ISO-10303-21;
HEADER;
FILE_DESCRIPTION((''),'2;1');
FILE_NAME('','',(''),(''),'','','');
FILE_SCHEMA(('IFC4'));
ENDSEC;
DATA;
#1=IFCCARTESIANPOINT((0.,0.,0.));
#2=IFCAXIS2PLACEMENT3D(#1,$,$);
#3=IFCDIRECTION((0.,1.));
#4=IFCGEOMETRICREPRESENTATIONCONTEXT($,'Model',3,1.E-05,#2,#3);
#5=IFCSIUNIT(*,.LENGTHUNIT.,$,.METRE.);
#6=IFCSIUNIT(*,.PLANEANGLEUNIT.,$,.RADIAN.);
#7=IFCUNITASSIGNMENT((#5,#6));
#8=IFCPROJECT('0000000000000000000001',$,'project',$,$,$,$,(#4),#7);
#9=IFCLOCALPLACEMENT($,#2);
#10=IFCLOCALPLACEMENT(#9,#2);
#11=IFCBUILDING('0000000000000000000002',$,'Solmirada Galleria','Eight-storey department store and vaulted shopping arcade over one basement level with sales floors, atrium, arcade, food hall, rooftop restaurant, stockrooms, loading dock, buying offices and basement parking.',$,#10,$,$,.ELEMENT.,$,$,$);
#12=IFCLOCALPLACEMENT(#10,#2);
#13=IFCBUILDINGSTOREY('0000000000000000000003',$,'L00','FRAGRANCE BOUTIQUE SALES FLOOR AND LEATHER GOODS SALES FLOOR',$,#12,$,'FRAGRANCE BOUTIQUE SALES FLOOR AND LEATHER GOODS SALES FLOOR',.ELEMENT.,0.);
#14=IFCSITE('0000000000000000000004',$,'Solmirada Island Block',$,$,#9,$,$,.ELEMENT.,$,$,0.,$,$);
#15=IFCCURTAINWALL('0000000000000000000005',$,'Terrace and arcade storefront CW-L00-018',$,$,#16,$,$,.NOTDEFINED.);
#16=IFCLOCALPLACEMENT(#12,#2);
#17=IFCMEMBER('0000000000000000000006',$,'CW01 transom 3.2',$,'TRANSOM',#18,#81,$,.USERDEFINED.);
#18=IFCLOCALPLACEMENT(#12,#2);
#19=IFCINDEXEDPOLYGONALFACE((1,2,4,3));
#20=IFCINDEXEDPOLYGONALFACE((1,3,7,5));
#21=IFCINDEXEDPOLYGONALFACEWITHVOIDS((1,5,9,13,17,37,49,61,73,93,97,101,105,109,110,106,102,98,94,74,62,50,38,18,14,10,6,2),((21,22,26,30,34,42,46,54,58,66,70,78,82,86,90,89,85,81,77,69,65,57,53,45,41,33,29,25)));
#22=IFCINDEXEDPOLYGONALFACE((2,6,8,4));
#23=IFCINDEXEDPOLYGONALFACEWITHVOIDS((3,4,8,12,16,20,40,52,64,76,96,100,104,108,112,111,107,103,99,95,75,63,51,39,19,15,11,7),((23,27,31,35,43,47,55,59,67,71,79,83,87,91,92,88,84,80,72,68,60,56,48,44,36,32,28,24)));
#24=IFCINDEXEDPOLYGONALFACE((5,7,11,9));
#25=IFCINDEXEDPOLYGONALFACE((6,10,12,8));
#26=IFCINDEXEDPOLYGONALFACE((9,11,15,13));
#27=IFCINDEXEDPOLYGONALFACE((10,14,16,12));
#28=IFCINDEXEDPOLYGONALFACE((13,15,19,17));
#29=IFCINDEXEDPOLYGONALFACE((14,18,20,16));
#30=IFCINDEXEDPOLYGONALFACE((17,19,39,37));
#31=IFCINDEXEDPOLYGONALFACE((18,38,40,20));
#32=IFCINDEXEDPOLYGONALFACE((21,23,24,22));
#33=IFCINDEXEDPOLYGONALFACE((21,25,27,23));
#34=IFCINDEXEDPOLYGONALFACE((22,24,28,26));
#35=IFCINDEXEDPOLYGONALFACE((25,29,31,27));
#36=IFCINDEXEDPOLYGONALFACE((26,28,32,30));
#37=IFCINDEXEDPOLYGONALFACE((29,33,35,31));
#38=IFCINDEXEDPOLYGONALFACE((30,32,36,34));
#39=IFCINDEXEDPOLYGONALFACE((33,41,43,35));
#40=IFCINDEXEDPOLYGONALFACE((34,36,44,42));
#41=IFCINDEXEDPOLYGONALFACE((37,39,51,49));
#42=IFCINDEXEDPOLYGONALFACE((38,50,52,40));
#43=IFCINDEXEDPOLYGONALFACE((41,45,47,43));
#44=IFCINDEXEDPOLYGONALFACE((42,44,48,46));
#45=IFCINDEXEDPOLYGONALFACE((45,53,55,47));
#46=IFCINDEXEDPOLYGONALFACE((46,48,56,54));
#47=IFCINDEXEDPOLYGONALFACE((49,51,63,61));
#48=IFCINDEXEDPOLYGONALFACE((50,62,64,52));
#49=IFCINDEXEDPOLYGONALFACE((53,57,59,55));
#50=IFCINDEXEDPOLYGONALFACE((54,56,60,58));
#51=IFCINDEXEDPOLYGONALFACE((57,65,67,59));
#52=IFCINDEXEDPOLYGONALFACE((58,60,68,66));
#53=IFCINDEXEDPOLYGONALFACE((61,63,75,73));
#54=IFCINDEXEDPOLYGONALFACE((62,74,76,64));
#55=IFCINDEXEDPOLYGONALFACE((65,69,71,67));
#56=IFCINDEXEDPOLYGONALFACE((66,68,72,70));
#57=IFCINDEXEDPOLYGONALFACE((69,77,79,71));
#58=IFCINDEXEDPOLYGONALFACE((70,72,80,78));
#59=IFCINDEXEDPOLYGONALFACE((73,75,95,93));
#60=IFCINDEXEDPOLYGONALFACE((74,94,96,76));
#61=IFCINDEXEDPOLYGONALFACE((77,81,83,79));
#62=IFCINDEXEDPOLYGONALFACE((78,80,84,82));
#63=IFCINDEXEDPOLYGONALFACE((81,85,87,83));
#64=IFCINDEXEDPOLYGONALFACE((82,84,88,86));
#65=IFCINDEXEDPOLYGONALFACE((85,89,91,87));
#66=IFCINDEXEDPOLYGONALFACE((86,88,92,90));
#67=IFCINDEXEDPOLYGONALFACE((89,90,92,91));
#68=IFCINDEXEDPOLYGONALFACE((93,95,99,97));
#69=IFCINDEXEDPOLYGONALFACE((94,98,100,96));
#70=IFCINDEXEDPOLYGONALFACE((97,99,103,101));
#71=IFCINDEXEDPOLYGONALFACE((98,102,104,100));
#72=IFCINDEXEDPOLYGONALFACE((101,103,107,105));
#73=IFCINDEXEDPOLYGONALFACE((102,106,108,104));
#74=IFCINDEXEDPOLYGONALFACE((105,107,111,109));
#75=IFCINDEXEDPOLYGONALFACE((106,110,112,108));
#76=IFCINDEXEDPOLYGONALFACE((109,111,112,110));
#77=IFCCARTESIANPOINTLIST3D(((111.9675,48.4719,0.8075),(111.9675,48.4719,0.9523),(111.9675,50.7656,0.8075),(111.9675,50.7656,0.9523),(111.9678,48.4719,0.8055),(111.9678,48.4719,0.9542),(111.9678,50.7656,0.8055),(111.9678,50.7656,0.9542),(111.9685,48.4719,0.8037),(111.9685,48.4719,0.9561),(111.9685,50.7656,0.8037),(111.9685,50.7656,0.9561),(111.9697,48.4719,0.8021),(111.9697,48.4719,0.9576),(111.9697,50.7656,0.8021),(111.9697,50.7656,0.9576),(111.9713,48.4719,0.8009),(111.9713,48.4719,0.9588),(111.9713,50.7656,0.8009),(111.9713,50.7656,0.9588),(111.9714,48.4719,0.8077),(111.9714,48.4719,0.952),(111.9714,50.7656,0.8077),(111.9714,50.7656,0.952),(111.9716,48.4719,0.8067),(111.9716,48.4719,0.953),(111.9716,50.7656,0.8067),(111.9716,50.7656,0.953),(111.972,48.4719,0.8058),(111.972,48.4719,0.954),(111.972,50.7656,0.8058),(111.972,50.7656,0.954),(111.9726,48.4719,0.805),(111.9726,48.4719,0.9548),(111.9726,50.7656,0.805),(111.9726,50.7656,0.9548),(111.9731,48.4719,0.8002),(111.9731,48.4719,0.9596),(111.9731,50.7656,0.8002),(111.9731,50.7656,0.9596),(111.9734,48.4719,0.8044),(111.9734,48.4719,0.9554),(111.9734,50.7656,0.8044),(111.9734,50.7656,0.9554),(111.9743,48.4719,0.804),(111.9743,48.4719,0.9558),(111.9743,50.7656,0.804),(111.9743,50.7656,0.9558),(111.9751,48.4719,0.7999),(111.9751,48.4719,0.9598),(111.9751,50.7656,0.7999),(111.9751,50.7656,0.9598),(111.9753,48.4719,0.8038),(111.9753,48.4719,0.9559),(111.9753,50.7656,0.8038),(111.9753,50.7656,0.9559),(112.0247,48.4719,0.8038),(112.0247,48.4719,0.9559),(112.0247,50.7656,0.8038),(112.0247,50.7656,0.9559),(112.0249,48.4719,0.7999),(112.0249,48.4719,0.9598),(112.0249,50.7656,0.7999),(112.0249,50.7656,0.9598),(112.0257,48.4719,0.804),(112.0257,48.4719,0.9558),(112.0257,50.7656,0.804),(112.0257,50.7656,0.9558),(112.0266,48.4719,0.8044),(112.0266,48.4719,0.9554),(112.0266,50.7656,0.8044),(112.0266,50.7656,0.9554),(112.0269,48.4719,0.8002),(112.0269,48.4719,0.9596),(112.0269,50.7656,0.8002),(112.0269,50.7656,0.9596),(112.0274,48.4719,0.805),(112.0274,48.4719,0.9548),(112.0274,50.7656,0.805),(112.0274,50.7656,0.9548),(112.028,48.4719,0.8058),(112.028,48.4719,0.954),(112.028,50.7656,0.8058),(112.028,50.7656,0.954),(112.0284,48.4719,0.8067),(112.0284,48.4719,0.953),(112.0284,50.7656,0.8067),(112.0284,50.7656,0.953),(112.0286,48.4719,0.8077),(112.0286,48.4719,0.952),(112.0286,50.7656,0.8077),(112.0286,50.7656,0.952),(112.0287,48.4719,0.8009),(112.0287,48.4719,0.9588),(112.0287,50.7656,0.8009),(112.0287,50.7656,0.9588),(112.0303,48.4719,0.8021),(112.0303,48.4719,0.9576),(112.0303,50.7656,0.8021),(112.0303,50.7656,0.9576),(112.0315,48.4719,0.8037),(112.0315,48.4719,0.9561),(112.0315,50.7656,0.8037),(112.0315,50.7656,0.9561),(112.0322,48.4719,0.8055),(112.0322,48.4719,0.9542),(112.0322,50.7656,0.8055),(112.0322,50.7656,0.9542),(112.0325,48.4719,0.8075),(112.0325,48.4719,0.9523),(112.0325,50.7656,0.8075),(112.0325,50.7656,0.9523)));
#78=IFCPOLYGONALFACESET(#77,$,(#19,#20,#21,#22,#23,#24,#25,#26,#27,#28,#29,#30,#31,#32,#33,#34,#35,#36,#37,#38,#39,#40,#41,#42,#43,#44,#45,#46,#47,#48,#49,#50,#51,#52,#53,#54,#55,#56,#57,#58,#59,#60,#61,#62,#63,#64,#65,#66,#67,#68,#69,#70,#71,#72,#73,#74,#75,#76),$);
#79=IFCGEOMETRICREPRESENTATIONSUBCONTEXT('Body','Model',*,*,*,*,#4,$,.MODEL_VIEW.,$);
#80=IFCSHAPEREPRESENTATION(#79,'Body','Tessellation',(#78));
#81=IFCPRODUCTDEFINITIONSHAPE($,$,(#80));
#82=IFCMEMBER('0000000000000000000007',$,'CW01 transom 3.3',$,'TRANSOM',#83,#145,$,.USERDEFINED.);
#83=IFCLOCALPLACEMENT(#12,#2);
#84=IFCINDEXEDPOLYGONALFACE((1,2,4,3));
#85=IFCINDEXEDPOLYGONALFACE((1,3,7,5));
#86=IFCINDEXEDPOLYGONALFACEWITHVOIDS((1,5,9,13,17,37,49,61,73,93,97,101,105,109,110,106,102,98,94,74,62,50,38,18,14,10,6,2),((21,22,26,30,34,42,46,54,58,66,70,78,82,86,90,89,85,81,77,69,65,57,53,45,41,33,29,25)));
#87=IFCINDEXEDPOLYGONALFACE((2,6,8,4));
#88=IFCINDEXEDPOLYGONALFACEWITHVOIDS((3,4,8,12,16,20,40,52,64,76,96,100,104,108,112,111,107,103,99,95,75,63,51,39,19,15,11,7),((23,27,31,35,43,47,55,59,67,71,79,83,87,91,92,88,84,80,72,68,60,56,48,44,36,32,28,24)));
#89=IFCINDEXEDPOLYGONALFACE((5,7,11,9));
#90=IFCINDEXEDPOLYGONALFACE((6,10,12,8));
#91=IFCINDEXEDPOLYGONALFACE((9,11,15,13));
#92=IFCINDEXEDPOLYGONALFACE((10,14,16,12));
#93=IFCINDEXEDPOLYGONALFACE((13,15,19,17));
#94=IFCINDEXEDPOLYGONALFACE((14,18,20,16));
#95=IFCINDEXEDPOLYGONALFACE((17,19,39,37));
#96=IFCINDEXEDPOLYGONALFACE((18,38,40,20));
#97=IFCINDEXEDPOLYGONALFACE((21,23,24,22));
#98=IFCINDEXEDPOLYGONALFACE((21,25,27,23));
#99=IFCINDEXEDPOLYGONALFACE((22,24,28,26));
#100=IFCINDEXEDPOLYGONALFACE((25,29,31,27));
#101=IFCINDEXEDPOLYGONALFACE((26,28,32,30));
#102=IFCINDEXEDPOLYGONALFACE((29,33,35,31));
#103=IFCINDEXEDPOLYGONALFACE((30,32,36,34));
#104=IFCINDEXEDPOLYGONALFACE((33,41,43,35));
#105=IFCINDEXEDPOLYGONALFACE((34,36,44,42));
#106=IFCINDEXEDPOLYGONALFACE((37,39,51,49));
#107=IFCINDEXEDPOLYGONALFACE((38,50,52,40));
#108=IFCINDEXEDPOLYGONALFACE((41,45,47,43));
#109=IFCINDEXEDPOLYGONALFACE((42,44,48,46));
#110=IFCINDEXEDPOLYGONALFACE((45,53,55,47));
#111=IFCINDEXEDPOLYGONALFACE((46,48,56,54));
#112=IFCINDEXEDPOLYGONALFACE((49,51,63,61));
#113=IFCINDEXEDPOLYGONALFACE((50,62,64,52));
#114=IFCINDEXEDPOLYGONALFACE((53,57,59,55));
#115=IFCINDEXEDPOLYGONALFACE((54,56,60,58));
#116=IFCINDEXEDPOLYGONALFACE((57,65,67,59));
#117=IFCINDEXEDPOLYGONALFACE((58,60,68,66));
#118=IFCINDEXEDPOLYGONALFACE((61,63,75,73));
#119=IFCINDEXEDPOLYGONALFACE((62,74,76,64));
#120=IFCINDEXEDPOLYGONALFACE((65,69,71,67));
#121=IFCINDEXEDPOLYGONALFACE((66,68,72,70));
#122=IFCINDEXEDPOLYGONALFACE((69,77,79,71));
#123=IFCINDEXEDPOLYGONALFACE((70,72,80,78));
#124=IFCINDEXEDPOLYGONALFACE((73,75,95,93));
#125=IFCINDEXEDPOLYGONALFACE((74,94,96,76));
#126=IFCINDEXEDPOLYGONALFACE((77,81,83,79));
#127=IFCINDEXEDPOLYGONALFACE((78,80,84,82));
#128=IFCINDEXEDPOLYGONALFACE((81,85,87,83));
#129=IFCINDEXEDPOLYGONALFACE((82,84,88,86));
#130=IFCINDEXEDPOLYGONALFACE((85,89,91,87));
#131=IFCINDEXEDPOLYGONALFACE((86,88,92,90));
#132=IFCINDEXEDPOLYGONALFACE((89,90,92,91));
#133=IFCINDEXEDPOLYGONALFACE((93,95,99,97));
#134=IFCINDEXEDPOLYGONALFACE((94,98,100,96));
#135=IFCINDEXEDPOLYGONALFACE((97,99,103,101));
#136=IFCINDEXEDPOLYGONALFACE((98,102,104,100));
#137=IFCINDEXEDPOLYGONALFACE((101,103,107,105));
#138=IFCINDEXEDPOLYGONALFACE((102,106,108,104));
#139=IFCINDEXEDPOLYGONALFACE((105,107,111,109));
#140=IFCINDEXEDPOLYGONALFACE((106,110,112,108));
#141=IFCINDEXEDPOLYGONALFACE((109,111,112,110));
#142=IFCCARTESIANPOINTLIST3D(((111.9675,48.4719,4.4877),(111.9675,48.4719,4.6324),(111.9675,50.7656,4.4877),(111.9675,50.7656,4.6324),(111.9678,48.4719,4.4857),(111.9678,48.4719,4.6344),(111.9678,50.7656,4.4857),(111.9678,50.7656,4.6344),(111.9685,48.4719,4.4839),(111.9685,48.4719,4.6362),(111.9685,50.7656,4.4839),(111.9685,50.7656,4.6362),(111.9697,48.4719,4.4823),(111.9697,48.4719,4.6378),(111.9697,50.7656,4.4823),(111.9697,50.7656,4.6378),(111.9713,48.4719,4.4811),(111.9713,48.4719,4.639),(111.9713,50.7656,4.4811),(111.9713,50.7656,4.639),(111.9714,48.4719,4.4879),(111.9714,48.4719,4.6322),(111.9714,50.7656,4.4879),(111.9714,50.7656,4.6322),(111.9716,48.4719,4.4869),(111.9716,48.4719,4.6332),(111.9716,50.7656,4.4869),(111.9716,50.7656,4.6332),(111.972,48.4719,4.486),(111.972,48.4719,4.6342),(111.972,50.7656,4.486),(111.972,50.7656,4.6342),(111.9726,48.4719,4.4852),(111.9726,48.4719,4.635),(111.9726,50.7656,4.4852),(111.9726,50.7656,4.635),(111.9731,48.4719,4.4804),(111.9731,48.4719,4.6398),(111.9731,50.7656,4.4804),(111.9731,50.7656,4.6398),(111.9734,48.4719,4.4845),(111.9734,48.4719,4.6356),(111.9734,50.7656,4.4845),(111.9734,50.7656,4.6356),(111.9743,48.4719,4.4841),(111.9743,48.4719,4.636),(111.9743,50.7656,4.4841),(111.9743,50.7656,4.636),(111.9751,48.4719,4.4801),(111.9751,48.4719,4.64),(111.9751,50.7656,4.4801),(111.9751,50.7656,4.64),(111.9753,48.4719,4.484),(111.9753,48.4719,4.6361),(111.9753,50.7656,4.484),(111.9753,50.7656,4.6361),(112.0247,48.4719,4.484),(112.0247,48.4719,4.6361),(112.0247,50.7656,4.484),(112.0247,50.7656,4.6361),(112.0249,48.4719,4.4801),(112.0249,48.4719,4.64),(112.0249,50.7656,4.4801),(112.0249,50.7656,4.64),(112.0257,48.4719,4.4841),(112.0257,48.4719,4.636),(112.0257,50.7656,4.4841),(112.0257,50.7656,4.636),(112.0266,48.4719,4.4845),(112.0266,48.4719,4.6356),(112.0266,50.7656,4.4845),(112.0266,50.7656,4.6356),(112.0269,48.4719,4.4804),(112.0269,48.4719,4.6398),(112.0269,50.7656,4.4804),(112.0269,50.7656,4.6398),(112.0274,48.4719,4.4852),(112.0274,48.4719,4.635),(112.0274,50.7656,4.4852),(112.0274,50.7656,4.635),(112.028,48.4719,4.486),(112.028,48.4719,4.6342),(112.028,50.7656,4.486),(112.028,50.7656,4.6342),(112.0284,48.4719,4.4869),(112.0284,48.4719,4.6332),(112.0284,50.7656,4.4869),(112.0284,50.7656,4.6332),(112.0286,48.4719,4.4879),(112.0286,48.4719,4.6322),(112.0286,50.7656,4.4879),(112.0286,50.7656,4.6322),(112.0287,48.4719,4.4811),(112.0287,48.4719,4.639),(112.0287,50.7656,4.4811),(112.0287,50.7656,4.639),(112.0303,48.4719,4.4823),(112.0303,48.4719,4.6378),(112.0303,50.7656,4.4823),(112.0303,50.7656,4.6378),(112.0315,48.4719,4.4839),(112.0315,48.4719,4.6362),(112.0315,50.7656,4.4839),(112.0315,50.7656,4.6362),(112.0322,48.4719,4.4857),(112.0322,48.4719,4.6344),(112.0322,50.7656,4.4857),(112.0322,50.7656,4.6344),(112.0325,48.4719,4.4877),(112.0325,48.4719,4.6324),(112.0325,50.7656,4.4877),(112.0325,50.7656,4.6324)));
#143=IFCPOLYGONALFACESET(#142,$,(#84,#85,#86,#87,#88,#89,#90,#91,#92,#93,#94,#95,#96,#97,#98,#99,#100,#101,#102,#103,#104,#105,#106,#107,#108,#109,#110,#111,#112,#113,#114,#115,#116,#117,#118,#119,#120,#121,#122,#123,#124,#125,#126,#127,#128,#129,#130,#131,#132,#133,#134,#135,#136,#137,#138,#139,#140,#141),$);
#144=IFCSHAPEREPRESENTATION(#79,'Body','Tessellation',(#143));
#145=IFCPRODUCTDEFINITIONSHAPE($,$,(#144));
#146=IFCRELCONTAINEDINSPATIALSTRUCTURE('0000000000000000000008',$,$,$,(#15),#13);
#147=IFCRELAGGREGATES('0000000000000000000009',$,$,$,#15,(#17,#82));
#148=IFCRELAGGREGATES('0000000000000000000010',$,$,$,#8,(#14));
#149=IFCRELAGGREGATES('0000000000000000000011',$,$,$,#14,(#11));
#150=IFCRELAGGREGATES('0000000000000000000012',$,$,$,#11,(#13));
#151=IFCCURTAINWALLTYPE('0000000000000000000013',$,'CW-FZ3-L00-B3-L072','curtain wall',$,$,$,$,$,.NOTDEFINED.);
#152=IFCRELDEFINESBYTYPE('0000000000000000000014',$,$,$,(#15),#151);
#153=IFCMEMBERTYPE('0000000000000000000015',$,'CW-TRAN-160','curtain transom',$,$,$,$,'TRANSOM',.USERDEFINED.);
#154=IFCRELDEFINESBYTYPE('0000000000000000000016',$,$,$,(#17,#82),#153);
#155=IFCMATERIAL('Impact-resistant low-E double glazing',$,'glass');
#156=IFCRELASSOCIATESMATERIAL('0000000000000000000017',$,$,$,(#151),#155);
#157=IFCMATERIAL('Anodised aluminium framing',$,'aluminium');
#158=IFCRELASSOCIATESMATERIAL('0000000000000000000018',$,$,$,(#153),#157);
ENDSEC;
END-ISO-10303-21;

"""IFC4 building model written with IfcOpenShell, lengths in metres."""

from ifc_helpers import new_model, si_unit, direction, frame, origin, origin_2d, place, context, subcontext, project, spatial, hollow_rectangle, extrude, material, material_profile, profile_set, type_object, element, aggregate, save


model = new_model("IFC4")

# Units and contexts
model_context = context("Model", 3, precision=1e-05, world=origin(), true_north=direction((0.0, 1.0)))
body_context = subcontext(model_context, "Body", "Model", "MODEL_VIEW")
ifc_project = project(units=[si_unit("LENGTHUNIT", "METRE"), si_unit("PLANEANGLEUNIT", "RADIAN")], contexts=[model_context])

# Site, building, storey
site_placement = place(None, origin())
site = spatial("IfcSite", under=ifc_project, at=site_placement, Name="Solmirada Island Block", CompositionType="ELEMENT", RefElevation=0.0)
building_placement = place(site_placement, origin())
building = spatial("IfcBuilding", under=site, at=building_placement, Name="Solmirada Galleria", Description="Eight-storey department store and vaulted shopping arcade over one basement level with sales floors, atrium, arcade, food hall, rooftop restaurant, stockrooms, loading dock, buying offices and basement parking.", CompositionType="ELEMENT")
storey_placement = place(building_placement, origin())
storey = spatial("IfcBuildingStorey", under=building, at=storey_placement, Name="L00", Description="FRAGRANCE BOUTIQUE SALES FLOOR AND LEATHER GOODS SALES FLOOR", LongName="FRAGRANCE BOUTIQUE SALES FLOOR AND LEATHER GOODS SALES FLOOR", CompositionType="ELEMENT", Elevation=0.0)

# Shared definitions
ifc_material_1 = material(Name="Impact-resistant low-E double glazing", Category="glass")
curtain_wall_type = type_object("IfcCurtainWallType", Name="CW-FZ3-L00-B3-L072", Description="curtain wall", PredefinedType="NOTDEFINED", material=ifc_material_1)
ifc_material_2 = material(Name="Anodised aluminium framing", Category="aluminium")

# Curtain wall, members
curtain_wall_1_placement = place(storey_placement, origin())
curtain_wall_1 = element("IfcCurtainWall", 1, at=curtain_wall_1_placement, inside=storey, type_object=curtain_wall_type, Name="Terrace and arcade storefront CW-L00-018", PredefinedType="NOTDEFINED")
ifc_material_profile_1 = material_profile(ifc_material_2, hollow_rectangle(XDim=0.0649, YDim=0.1599, WallThickness=0.0039, InnerFilletRadius=0.0039, OuterFilletRadius=0.0076, at=origin_2d()), Name="ALU-TRAN-160X65")
ifc_profile_set_1 = profile_set([ifc_material_profile_1], Name="Anodised aluminium framing")
member_type_1 = type_object("IfcMemberType", Name="CW-TRAN-160", Description="curtain transom", ElementType="TRANSOM", PredefinedType="USERDEFINED", material=ifc_profile_set_1)
member_1_placement = place(storey_placement, frame((112.0, 50.7656, 0.8799), z_axis=(0.0, -1.0, 0.0), x_axis=(1.0, 0.0, 0.0)))
member_1 = element("IfcMember", 2, at=member_1_placement, type_object=member_type_1, Name="CW01 transom 3.2", ObjectType="TRANSOM", PredefinedType="USERDEFINED", context=body_context, shape_type="SweptSolid", body=[
    extrude(hollow_rectangle(XDim=0.0649, YDim=0.1599, WallThickness=0.0039, InnerFilletRadius=0.0039, OuterFilletRadius=0.0076, at=origin_2d()), origin(), (0.0, 0.0, 1.0), 2.2937),
])
member_2_placement = place(storey_placement, frame((112.0, 50.7656, 4.5601), z_axis=(0.0, -1.0, 0.0), x_axis=(1.0, 0.0, 0.0)))
member_2 = element("IfcMember", 3, at=member_2_placement, type_object=member_type_1, Name="CW01 transom 3.3", ObjectType="TRANSOM", PredefinedType="USERDEFINED", context=body_context, shape_type="SweptSolid", body=[
    extrude(hollow_rectangle(XDim=0.0649, YDim=0.1599, WallThickness=0.0039, InnerFilletRadius=0.0039, OuterFilletRadius=0.0076, at=origin_2d()), origin(), (0.0, 0.0, 1.0), 2.2937),
])

aggregate(curtain_wall_1, [member_1, member_2])

save(model, "model.ifc")
